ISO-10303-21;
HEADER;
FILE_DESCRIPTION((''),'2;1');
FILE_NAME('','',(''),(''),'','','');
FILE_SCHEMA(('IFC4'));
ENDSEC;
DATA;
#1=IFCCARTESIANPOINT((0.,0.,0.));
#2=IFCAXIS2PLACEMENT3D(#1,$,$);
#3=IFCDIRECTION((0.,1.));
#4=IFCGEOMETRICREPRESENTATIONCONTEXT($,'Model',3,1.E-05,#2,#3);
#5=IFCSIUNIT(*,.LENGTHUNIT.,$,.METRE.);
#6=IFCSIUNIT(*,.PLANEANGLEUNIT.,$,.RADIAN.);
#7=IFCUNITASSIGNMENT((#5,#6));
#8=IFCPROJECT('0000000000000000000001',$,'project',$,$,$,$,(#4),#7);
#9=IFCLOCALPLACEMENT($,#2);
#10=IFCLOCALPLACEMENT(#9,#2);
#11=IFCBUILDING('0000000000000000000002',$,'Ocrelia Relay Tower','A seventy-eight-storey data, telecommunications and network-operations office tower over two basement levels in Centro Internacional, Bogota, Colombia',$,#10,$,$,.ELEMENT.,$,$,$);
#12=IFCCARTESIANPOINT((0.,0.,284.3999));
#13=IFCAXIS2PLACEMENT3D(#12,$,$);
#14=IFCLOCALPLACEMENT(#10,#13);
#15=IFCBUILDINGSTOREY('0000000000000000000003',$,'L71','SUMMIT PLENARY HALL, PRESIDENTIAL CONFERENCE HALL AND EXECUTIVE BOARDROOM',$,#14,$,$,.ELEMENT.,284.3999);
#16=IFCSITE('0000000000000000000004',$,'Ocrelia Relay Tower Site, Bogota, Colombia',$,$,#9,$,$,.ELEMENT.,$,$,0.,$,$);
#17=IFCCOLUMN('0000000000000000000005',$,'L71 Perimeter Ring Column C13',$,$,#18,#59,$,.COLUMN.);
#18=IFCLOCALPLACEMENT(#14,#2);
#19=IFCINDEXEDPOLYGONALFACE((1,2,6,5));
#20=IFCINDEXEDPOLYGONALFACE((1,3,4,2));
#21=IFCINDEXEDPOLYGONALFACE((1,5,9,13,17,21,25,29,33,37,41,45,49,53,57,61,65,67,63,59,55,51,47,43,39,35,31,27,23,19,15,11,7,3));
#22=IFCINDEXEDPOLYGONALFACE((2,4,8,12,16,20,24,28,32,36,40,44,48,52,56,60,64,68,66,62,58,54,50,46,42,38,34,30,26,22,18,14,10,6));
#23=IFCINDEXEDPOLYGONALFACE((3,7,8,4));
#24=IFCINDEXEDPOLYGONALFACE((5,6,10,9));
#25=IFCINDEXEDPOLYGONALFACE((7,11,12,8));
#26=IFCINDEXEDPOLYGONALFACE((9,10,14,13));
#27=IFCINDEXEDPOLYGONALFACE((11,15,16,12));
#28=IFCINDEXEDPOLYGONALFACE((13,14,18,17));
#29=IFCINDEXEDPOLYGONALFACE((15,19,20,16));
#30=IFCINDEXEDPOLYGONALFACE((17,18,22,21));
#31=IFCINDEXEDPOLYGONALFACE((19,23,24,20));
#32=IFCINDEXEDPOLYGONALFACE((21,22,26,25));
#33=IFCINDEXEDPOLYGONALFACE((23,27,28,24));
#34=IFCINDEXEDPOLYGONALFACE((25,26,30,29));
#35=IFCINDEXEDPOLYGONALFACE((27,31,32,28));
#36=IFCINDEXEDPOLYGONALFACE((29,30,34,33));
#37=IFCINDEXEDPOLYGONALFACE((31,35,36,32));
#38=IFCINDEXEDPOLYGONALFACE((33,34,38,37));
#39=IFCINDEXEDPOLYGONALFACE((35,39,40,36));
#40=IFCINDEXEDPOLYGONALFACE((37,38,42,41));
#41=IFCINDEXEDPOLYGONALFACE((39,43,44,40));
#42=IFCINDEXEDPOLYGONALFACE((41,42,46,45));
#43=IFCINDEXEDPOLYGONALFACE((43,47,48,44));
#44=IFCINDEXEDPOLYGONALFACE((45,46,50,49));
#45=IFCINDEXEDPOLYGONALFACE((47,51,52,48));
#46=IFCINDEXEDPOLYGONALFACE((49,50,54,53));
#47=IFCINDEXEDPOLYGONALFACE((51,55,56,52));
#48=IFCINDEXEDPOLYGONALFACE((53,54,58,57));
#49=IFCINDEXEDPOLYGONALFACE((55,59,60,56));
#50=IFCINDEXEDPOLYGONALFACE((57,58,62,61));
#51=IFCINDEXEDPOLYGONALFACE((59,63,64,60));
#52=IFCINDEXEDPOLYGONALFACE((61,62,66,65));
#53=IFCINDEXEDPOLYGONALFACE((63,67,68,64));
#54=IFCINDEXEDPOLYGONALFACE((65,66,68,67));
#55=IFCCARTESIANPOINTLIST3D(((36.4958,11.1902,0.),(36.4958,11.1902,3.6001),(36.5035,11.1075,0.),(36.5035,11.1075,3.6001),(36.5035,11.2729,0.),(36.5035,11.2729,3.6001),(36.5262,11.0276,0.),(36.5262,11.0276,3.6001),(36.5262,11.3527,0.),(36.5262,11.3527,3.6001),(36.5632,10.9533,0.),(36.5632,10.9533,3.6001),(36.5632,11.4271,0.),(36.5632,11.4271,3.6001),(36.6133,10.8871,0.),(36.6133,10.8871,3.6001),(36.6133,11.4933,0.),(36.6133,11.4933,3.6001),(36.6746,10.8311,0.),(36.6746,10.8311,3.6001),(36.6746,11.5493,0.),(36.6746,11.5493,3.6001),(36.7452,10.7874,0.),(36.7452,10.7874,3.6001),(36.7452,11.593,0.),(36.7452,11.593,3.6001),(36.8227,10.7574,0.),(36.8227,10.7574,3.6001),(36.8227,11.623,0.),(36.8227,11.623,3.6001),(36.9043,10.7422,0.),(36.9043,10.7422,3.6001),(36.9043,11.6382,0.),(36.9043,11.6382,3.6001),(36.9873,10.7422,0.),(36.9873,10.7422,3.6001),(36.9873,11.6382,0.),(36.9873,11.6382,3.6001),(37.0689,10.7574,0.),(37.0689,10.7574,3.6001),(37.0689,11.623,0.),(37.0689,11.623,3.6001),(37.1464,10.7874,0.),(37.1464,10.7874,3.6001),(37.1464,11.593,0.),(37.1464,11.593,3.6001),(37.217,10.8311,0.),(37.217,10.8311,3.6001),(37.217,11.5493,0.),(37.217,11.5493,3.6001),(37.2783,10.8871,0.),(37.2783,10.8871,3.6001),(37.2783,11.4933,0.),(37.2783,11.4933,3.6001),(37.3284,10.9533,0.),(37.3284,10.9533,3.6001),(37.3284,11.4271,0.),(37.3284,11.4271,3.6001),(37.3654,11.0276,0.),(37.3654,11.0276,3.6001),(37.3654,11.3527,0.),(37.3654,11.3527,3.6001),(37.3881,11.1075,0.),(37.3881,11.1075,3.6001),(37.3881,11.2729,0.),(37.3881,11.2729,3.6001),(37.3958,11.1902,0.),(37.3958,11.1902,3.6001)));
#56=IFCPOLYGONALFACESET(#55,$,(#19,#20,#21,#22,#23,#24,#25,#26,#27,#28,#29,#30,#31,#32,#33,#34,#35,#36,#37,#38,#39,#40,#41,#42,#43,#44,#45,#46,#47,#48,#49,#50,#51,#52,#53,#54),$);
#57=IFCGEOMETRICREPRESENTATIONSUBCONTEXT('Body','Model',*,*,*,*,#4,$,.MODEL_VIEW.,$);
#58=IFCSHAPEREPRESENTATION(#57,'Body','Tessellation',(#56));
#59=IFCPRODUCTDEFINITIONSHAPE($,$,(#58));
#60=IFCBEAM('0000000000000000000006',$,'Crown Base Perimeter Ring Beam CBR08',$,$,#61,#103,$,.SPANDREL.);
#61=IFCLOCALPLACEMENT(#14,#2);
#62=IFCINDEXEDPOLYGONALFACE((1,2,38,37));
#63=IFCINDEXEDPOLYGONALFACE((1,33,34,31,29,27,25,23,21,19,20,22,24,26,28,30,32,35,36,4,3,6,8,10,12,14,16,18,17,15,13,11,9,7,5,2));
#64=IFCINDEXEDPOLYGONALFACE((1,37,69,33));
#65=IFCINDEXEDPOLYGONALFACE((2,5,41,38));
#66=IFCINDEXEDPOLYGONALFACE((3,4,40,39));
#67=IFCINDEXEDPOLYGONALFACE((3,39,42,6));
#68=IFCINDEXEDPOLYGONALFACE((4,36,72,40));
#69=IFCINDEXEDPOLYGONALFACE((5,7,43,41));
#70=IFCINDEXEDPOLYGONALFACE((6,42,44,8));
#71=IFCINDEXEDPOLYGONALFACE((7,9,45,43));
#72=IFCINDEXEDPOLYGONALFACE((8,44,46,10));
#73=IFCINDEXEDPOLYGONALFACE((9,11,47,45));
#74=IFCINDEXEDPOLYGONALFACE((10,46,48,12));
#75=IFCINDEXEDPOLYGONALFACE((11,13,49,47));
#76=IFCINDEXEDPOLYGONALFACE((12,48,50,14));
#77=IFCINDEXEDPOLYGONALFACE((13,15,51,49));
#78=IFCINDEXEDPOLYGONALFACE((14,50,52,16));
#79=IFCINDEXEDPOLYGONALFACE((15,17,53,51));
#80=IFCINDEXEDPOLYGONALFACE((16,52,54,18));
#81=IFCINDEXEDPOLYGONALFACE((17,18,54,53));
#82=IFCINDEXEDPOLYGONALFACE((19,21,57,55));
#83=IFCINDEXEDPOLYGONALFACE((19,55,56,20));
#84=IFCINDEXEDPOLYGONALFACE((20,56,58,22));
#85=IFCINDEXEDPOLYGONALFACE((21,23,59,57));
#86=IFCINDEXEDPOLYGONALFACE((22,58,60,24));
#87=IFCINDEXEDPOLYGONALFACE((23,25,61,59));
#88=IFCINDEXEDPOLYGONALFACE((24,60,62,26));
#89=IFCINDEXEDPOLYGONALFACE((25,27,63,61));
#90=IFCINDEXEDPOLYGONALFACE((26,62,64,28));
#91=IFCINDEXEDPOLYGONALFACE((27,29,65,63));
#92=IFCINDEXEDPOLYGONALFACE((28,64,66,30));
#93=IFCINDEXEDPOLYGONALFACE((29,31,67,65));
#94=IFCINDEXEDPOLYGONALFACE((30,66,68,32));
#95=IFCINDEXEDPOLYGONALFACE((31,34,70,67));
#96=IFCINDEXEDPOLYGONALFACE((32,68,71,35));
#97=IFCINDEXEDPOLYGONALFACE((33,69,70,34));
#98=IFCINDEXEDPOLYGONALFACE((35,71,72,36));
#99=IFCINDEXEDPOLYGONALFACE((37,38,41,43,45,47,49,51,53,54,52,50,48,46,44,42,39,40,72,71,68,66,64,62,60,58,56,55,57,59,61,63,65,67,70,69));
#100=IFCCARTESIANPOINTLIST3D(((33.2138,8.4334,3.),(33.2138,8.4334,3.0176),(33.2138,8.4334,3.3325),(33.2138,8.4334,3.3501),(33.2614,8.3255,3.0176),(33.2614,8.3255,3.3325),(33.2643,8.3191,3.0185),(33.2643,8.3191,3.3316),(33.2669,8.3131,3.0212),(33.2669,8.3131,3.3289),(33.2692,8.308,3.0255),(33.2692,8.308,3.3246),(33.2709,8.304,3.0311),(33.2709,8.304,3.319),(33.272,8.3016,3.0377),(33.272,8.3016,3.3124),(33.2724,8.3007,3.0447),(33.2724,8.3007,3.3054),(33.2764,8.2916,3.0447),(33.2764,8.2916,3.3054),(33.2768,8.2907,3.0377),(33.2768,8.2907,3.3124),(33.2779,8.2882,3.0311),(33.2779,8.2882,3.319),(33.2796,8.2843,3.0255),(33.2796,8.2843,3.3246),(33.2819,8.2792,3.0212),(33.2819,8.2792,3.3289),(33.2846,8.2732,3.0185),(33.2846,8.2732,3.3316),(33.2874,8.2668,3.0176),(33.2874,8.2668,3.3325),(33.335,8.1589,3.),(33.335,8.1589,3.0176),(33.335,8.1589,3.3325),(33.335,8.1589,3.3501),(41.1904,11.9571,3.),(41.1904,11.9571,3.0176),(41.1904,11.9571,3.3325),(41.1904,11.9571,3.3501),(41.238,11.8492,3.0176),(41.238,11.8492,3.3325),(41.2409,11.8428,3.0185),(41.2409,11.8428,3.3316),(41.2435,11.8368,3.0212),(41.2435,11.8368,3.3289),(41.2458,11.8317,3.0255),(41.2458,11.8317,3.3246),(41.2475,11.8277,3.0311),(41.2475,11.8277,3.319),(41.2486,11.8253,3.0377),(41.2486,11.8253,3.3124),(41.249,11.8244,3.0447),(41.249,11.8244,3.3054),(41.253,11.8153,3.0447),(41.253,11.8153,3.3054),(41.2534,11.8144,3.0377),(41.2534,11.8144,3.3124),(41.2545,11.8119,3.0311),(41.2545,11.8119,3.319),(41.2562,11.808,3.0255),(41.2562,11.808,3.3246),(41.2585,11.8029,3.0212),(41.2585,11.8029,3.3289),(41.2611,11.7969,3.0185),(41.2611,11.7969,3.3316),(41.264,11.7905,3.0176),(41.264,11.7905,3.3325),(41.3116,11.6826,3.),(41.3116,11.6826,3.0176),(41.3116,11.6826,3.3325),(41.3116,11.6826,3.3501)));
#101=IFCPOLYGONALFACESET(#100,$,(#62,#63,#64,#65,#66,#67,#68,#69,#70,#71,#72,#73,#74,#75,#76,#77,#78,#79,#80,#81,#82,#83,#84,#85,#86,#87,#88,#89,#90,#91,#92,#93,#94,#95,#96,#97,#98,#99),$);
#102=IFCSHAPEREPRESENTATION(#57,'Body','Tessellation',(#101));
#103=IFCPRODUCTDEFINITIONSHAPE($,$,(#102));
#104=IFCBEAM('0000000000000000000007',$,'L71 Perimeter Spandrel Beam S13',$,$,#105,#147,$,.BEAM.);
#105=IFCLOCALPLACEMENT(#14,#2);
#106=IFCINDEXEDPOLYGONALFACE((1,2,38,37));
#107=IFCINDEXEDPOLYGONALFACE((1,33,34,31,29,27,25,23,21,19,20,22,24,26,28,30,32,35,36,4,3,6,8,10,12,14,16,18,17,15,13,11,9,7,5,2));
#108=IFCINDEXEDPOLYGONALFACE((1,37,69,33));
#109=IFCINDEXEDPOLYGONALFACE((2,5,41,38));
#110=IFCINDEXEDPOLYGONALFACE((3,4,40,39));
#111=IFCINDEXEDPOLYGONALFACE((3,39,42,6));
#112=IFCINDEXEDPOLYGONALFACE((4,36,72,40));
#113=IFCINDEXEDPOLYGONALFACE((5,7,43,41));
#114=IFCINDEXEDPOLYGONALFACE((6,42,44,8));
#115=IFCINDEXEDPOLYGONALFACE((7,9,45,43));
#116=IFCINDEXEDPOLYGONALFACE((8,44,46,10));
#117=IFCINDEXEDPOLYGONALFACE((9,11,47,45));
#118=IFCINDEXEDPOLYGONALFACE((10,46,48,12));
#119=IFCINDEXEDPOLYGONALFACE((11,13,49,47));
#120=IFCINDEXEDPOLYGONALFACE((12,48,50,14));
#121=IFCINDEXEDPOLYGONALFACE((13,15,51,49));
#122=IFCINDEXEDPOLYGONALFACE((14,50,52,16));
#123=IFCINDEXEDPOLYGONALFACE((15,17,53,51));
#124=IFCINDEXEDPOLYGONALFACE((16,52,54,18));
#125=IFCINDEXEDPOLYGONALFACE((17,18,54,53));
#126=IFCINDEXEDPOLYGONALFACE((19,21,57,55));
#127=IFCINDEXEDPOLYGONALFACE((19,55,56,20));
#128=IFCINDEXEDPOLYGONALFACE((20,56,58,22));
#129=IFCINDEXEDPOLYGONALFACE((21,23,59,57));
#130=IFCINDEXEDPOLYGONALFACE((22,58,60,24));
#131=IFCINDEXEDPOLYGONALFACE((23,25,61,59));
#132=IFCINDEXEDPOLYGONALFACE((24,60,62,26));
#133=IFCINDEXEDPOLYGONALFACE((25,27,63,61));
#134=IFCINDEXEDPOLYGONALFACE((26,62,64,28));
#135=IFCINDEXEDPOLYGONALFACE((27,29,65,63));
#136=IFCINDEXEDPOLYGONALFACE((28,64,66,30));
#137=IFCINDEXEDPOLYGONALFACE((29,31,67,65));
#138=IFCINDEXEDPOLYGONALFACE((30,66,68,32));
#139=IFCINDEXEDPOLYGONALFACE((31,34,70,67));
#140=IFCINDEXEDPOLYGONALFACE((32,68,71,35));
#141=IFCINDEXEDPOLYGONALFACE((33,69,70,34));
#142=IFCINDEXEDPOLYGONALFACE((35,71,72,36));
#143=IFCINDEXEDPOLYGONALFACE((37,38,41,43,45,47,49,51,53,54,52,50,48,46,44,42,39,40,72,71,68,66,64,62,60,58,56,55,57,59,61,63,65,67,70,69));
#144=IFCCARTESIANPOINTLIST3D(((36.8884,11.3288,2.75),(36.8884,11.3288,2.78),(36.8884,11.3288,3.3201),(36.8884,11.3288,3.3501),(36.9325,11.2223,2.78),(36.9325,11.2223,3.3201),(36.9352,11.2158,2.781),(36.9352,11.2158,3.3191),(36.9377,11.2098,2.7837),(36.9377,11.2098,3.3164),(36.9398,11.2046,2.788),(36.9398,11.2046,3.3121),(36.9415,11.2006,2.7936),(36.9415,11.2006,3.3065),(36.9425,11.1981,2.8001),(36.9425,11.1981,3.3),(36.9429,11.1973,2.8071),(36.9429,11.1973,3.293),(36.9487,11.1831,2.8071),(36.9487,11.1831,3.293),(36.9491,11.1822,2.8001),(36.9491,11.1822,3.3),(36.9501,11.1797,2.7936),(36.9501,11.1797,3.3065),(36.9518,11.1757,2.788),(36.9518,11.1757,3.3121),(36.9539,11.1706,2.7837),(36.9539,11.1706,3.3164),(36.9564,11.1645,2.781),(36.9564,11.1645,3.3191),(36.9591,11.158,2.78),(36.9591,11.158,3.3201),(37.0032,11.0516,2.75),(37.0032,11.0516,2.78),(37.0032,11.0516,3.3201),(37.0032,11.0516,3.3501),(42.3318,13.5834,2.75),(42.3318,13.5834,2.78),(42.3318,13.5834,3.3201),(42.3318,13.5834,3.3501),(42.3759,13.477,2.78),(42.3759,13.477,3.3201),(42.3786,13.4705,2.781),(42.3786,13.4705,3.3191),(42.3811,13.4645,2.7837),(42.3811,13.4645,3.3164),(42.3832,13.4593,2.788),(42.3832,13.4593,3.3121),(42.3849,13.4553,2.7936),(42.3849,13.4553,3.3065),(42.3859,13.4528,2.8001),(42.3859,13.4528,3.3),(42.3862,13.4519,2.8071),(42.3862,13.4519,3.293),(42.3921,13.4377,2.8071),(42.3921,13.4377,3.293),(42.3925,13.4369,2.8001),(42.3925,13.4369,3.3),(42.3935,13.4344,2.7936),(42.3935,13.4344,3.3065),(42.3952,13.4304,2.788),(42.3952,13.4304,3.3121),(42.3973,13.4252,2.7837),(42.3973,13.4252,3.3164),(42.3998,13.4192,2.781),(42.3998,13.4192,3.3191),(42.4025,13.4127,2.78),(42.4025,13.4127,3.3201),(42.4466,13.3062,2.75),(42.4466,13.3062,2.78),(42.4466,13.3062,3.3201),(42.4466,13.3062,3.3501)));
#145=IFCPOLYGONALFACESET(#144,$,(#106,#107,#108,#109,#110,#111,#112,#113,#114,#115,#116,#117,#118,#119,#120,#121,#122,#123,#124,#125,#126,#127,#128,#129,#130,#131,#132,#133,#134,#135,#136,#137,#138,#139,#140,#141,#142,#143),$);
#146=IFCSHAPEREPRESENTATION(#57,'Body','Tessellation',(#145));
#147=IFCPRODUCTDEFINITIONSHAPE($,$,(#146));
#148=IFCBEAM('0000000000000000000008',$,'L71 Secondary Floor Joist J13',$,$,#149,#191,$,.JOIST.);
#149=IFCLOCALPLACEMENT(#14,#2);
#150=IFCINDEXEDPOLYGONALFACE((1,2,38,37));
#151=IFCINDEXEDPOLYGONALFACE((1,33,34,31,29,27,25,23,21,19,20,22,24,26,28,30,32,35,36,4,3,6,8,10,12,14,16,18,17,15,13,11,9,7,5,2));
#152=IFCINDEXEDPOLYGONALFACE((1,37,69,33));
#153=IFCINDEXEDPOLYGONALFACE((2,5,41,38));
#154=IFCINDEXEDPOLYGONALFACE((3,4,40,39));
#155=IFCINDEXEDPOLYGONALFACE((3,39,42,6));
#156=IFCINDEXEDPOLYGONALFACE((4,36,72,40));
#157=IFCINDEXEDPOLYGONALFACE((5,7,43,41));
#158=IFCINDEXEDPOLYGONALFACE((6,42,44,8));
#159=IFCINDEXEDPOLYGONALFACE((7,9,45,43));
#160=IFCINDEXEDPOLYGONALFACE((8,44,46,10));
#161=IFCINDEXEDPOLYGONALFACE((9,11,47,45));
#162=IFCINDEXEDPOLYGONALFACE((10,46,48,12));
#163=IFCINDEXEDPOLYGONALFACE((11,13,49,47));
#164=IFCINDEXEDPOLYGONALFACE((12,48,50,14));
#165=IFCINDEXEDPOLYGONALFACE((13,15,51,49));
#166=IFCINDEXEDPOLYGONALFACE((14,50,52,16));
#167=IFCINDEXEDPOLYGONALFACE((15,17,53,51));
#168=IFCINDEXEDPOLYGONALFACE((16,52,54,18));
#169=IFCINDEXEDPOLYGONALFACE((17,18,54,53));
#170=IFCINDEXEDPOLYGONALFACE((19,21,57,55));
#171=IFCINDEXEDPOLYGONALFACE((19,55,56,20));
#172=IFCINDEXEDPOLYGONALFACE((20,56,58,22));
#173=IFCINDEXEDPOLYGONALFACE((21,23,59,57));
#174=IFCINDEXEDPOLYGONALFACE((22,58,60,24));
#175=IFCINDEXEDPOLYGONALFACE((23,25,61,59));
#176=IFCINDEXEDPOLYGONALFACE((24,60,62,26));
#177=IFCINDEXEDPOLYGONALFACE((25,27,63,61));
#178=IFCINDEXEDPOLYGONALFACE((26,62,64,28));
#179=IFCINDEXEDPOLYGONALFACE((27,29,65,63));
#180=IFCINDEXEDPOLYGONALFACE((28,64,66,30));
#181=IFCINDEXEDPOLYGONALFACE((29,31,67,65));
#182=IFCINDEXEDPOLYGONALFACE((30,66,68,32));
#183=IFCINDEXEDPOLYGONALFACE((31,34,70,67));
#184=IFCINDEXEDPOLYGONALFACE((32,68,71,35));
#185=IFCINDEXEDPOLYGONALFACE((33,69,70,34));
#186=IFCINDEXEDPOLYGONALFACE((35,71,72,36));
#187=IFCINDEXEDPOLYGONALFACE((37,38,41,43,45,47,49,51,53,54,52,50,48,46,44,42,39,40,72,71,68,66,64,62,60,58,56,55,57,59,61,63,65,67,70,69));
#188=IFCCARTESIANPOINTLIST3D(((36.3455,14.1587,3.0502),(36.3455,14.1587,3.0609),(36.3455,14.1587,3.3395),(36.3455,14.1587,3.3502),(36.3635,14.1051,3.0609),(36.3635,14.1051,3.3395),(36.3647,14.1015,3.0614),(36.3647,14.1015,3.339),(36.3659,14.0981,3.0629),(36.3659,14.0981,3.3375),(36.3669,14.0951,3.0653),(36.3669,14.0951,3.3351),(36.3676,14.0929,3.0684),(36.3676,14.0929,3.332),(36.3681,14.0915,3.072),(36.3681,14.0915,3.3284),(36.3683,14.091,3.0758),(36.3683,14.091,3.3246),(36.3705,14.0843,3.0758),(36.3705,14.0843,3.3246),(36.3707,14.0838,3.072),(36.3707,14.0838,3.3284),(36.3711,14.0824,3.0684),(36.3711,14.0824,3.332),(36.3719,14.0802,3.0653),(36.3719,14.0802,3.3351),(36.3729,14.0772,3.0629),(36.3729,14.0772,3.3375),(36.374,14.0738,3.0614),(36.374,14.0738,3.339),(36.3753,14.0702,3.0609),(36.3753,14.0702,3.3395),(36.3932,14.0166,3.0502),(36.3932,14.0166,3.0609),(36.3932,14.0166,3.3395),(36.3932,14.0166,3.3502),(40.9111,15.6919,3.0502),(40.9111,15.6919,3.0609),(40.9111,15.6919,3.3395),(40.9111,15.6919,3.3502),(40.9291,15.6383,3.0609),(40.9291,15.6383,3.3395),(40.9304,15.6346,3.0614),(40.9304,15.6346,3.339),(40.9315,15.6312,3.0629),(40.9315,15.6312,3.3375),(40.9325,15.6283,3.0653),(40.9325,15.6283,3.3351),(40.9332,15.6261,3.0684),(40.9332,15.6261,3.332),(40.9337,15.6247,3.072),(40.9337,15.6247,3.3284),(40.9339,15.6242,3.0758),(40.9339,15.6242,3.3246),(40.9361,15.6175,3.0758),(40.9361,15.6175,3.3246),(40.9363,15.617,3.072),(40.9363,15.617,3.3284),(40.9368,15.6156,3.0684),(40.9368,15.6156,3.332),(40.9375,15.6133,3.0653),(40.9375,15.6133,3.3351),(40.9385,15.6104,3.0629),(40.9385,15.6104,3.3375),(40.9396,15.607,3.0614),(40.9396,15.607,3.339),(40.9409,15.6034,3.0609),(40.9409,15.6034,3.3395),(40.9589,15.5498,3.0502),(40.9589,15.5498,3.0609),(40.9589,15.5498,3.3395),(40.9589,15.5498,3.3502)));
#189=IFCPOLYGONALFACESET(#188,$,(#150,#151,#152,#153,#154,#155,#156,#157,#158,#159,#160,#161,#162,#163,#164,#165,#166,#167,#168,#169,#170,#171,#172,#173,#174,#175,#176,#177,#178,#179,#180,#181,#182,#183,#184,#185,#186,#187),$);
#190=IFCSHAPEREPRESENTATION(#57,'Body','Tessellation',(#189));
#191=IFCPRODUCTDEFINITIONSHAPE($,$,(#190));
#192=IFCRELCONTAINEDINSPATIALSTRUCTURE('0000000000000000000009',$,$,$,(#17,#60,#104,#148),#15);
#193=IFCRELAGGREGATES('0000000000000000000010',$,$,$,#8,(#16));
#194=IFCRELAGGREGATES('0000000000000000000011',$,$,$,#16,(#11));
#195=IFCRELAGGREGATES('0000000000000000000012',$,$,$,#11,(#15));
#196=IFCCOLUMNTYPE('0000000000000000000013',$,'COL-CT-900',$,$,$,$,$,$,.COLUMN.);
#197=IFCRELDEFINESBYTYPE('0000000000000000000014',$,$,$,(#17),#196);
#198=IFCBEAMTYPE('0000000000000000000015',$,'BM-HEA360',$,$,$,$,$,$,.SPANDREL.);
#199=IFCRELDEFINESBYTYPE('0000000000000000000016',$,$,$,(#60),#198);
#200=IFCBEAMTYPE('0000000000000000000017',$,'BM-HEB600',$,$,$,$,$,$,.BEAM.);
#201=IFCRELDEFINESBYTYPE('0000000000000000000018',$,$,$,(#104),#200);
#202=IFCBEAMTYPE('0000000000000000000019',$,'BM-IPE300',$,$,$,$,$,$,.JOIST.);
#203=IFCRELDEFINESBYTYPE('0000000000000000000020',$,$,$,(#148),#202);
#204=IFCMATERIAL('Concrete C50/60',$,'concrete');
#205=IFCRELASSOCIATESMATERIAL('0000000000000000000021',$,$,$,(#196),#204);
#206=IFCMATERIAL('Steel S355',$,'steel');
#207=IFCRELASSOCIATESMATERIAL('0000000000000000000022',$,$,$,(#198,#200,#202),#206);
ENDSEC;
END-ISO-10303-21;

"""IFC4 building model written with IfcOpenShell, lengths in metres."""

from ifc_helpers import new_model, si_unit, direction, frame, origin, origin_2d, place, context, subcontext, project, spatial, circle, i_section, extrude, material, material_profile, profile_set, type_object, element, save


model = new_model("IFC4")

# Units and contexts
model_context = context("Model", 3, precision=1e-05, world=origin(), true_north=direction((0.0, 1.0)))
body_context = subcontext(model_context, "Body", "Model", "MODEL_VIEW")
ifc_project = project(units=[si_unit("LENGTHUNIT", "METRE"), si_unit("PLANEANGLEUNIT", "RADIAN")], contexts=[model_context])

# Site, building, storey
site_placement = place(None, origin())
site = spatial("IfcSite", under=ifc_project, at=site_placement, Name="Ocrelia Relay Tower Site, Bogota, Colombia", CompositionType="ELEMENT", RefElevation=0.0)
building_placement = place(site_placement, origin())
building = spatial("IfcBuilding", under=site, at=building_placement, Name="Ocrelia Relay Tower", Description="A seventy-eight-storey data, telecommunications and network-operations office tower over two basement levels in Centro Internacional, Bogota, Colombia", CompositionType="ELEMENT")
storey_placement = place(building_placement, frame((0.0, 0.0, 284.3999)))
storey = spatial("IfcBuildingStorey", under=building, at=storey_placement, Name="L71", Description="SUMMIT PLENARY HALL, PRESIDENTIAL CONFERENCE HALL AND EXECUTIVE BOARDROOM", CompositionType="ELEMENT", Elevation=284.3999)

# Column
ifc_material_1 = material(Name="Concrete C50/60", Category="concrete")
ifc_material_profile_1 = material_profile(ifc_material_1, circle(Radius=0.45, at=origin_2d()), Name="RC-CIR-900")
ifc_profile_set_1 = profile_set([ifc_material_profile_1], Name="Concrete C50/60")
column_type = type_object("IfcColumnType", Name="COL-CT-900", PredefinedType="COLUMN", material=ifc_profile_set_1)
column_placement = place(storey_placement, frame((36.9458, 11.1902, 0.0), z_axis=(0.0, 0.0, 1.0), x_axis=(1.0, 0.0, 0.0)))
element("IfcColumn", 1, at=column_placement, inside=storey, type_object=column_type, Name="L71 Perimeter Ring Column C13", PredefinedType="COLUMN", context=body_context, shape_type="SweptSolid", body=[
    extrude(circle(Radius=0.45, at=origin_2d()), origin(), (0.0, 0.0, 1.0), 3.6001),
])

# Beams
ifc_material_2 = material(Name="Steel S355", Category="steel")
ifc_material_profile_2 = material_profile(ifc_material_2, i_section(OverallWidth=0.3, OverallDepth=0.3501, WebThickness=0.01, FlangeThickness=0.0176, FilletRadius=0.0271, at=origin_2d()), Name="HEA 360")
ifc_profile_set_2 = profile_set([ifc_material_profile_2], Name="Steel S355")
beam_type_1 = type_object("IfcBeamType", Name="BM-HEA360", PredefinedType="SPANDREL", material=ifc_profile_set_2)
beam_1_placement = place(storey_placement, frame((33.2744, 8.2961, 3.175), z_axis=(0.914722, 0.404083, 0.0), x_axis=(-0.404083, 0.914722, 0.0)))
element("IfcBeam", 2, at=beam_1_placement, inside=storey, type_object=beam_type_1, Name="Crown Base Perimeter Ring Beam CBR08", PredefinedType="SPANDREL", context=body_context, shape_type="SweptSolid", body=[
    extrude(i_section(OverallWidth=0.3, OverallDepth=0.3501, WebThickness=0.01, FlangeThickness=0.0176, FilletRadius=0.0271, at=origin_2d()), origin(), (0.0, 0.0, 1.0), 8.7202),
])
ifc_material_profile_3 = material_profile(ifc_material_2, i_section(OverallWidth=0.3, OverallDepth=0.6001, WebThickness=0.0154, FlangeThickness=0.03, FilletRadius=0.0271, at=origin_2d()), Name="HEB 600")
ifc_profile_set_3 = profile_set([ifc_material_profile_3], Name="Steel S355")
beam_type_2 = type_object("IfcBeamType", Name="BM-HEB600", PredefinedType="BEAM", material=ifc_profile_set_3)
beam_2_placement = place(storey_placement, frame((36.9458, 11.1902, 3.05), z_axis=(0.923884, 0.382673, 0.0), x_axis=(-0.382673, 0.923884, 0.0)))
element("IfcBeam", 3, at=beam_2_placement, inside=storey, type_object=beam_type_2, Name="L71 Perimeter Spandrel Beam S13", PredefinedType="BEAM", context=body_context, shape_type="SweptSolid", body=[
    extrude(i_section(OverallWidth=0.3, OverallDepth=0.6001, WebThickness=0.0154, FlangeThickness=0.03, FilletRadius=0.0271, at=origin_2d()), origin(), (0.0, 0.0, 1.0), 5.8918),
])
ifc_material_profile_4 = material_profile(ifc_material_2, i_section(OverallWidth=0.1499, OverallDepth=0.3, WebThickness=0.0071, FlangeThickness=0.0107, FilletRadius=0.0149, at=origin_2d()), Name="IPE 300")
ifc_profile_set_4 = profile_set([ifc_material_profile_4], Name="Steel S355")
beam_type_3 = type_object("IfcBeamType", Name="BM-IPE300", PredefinedType="JOIST", material=ifc_profile_set_4)
beam_3_placement = place(storey_placement, frame((36.3694, 14.0876, 3.2002), z_axis=(0.947976, 0.318341, 0.0), x_axis=(-0.318341, 0.947976, 0.0)))
element("IfcBeam", 4, at=beam_3_placement, inside=storey, type_object=beam_type_3, Name="L71 Secondary Floor Joist J13", PredefinedType="JOIST", context=body_context, shape_type="SweptSolid", body=[
    extrude(i_section(OverallWidth=0.1499, OverallDepth=0.3, WebThickness=0.0071, FlangeThickness=0.0107, FilletRadius=0.0149, at=origin_2d()), origin(), (0.0, 0.0, 1.0), 4.8162),
])

save(model, "model.ifc")
